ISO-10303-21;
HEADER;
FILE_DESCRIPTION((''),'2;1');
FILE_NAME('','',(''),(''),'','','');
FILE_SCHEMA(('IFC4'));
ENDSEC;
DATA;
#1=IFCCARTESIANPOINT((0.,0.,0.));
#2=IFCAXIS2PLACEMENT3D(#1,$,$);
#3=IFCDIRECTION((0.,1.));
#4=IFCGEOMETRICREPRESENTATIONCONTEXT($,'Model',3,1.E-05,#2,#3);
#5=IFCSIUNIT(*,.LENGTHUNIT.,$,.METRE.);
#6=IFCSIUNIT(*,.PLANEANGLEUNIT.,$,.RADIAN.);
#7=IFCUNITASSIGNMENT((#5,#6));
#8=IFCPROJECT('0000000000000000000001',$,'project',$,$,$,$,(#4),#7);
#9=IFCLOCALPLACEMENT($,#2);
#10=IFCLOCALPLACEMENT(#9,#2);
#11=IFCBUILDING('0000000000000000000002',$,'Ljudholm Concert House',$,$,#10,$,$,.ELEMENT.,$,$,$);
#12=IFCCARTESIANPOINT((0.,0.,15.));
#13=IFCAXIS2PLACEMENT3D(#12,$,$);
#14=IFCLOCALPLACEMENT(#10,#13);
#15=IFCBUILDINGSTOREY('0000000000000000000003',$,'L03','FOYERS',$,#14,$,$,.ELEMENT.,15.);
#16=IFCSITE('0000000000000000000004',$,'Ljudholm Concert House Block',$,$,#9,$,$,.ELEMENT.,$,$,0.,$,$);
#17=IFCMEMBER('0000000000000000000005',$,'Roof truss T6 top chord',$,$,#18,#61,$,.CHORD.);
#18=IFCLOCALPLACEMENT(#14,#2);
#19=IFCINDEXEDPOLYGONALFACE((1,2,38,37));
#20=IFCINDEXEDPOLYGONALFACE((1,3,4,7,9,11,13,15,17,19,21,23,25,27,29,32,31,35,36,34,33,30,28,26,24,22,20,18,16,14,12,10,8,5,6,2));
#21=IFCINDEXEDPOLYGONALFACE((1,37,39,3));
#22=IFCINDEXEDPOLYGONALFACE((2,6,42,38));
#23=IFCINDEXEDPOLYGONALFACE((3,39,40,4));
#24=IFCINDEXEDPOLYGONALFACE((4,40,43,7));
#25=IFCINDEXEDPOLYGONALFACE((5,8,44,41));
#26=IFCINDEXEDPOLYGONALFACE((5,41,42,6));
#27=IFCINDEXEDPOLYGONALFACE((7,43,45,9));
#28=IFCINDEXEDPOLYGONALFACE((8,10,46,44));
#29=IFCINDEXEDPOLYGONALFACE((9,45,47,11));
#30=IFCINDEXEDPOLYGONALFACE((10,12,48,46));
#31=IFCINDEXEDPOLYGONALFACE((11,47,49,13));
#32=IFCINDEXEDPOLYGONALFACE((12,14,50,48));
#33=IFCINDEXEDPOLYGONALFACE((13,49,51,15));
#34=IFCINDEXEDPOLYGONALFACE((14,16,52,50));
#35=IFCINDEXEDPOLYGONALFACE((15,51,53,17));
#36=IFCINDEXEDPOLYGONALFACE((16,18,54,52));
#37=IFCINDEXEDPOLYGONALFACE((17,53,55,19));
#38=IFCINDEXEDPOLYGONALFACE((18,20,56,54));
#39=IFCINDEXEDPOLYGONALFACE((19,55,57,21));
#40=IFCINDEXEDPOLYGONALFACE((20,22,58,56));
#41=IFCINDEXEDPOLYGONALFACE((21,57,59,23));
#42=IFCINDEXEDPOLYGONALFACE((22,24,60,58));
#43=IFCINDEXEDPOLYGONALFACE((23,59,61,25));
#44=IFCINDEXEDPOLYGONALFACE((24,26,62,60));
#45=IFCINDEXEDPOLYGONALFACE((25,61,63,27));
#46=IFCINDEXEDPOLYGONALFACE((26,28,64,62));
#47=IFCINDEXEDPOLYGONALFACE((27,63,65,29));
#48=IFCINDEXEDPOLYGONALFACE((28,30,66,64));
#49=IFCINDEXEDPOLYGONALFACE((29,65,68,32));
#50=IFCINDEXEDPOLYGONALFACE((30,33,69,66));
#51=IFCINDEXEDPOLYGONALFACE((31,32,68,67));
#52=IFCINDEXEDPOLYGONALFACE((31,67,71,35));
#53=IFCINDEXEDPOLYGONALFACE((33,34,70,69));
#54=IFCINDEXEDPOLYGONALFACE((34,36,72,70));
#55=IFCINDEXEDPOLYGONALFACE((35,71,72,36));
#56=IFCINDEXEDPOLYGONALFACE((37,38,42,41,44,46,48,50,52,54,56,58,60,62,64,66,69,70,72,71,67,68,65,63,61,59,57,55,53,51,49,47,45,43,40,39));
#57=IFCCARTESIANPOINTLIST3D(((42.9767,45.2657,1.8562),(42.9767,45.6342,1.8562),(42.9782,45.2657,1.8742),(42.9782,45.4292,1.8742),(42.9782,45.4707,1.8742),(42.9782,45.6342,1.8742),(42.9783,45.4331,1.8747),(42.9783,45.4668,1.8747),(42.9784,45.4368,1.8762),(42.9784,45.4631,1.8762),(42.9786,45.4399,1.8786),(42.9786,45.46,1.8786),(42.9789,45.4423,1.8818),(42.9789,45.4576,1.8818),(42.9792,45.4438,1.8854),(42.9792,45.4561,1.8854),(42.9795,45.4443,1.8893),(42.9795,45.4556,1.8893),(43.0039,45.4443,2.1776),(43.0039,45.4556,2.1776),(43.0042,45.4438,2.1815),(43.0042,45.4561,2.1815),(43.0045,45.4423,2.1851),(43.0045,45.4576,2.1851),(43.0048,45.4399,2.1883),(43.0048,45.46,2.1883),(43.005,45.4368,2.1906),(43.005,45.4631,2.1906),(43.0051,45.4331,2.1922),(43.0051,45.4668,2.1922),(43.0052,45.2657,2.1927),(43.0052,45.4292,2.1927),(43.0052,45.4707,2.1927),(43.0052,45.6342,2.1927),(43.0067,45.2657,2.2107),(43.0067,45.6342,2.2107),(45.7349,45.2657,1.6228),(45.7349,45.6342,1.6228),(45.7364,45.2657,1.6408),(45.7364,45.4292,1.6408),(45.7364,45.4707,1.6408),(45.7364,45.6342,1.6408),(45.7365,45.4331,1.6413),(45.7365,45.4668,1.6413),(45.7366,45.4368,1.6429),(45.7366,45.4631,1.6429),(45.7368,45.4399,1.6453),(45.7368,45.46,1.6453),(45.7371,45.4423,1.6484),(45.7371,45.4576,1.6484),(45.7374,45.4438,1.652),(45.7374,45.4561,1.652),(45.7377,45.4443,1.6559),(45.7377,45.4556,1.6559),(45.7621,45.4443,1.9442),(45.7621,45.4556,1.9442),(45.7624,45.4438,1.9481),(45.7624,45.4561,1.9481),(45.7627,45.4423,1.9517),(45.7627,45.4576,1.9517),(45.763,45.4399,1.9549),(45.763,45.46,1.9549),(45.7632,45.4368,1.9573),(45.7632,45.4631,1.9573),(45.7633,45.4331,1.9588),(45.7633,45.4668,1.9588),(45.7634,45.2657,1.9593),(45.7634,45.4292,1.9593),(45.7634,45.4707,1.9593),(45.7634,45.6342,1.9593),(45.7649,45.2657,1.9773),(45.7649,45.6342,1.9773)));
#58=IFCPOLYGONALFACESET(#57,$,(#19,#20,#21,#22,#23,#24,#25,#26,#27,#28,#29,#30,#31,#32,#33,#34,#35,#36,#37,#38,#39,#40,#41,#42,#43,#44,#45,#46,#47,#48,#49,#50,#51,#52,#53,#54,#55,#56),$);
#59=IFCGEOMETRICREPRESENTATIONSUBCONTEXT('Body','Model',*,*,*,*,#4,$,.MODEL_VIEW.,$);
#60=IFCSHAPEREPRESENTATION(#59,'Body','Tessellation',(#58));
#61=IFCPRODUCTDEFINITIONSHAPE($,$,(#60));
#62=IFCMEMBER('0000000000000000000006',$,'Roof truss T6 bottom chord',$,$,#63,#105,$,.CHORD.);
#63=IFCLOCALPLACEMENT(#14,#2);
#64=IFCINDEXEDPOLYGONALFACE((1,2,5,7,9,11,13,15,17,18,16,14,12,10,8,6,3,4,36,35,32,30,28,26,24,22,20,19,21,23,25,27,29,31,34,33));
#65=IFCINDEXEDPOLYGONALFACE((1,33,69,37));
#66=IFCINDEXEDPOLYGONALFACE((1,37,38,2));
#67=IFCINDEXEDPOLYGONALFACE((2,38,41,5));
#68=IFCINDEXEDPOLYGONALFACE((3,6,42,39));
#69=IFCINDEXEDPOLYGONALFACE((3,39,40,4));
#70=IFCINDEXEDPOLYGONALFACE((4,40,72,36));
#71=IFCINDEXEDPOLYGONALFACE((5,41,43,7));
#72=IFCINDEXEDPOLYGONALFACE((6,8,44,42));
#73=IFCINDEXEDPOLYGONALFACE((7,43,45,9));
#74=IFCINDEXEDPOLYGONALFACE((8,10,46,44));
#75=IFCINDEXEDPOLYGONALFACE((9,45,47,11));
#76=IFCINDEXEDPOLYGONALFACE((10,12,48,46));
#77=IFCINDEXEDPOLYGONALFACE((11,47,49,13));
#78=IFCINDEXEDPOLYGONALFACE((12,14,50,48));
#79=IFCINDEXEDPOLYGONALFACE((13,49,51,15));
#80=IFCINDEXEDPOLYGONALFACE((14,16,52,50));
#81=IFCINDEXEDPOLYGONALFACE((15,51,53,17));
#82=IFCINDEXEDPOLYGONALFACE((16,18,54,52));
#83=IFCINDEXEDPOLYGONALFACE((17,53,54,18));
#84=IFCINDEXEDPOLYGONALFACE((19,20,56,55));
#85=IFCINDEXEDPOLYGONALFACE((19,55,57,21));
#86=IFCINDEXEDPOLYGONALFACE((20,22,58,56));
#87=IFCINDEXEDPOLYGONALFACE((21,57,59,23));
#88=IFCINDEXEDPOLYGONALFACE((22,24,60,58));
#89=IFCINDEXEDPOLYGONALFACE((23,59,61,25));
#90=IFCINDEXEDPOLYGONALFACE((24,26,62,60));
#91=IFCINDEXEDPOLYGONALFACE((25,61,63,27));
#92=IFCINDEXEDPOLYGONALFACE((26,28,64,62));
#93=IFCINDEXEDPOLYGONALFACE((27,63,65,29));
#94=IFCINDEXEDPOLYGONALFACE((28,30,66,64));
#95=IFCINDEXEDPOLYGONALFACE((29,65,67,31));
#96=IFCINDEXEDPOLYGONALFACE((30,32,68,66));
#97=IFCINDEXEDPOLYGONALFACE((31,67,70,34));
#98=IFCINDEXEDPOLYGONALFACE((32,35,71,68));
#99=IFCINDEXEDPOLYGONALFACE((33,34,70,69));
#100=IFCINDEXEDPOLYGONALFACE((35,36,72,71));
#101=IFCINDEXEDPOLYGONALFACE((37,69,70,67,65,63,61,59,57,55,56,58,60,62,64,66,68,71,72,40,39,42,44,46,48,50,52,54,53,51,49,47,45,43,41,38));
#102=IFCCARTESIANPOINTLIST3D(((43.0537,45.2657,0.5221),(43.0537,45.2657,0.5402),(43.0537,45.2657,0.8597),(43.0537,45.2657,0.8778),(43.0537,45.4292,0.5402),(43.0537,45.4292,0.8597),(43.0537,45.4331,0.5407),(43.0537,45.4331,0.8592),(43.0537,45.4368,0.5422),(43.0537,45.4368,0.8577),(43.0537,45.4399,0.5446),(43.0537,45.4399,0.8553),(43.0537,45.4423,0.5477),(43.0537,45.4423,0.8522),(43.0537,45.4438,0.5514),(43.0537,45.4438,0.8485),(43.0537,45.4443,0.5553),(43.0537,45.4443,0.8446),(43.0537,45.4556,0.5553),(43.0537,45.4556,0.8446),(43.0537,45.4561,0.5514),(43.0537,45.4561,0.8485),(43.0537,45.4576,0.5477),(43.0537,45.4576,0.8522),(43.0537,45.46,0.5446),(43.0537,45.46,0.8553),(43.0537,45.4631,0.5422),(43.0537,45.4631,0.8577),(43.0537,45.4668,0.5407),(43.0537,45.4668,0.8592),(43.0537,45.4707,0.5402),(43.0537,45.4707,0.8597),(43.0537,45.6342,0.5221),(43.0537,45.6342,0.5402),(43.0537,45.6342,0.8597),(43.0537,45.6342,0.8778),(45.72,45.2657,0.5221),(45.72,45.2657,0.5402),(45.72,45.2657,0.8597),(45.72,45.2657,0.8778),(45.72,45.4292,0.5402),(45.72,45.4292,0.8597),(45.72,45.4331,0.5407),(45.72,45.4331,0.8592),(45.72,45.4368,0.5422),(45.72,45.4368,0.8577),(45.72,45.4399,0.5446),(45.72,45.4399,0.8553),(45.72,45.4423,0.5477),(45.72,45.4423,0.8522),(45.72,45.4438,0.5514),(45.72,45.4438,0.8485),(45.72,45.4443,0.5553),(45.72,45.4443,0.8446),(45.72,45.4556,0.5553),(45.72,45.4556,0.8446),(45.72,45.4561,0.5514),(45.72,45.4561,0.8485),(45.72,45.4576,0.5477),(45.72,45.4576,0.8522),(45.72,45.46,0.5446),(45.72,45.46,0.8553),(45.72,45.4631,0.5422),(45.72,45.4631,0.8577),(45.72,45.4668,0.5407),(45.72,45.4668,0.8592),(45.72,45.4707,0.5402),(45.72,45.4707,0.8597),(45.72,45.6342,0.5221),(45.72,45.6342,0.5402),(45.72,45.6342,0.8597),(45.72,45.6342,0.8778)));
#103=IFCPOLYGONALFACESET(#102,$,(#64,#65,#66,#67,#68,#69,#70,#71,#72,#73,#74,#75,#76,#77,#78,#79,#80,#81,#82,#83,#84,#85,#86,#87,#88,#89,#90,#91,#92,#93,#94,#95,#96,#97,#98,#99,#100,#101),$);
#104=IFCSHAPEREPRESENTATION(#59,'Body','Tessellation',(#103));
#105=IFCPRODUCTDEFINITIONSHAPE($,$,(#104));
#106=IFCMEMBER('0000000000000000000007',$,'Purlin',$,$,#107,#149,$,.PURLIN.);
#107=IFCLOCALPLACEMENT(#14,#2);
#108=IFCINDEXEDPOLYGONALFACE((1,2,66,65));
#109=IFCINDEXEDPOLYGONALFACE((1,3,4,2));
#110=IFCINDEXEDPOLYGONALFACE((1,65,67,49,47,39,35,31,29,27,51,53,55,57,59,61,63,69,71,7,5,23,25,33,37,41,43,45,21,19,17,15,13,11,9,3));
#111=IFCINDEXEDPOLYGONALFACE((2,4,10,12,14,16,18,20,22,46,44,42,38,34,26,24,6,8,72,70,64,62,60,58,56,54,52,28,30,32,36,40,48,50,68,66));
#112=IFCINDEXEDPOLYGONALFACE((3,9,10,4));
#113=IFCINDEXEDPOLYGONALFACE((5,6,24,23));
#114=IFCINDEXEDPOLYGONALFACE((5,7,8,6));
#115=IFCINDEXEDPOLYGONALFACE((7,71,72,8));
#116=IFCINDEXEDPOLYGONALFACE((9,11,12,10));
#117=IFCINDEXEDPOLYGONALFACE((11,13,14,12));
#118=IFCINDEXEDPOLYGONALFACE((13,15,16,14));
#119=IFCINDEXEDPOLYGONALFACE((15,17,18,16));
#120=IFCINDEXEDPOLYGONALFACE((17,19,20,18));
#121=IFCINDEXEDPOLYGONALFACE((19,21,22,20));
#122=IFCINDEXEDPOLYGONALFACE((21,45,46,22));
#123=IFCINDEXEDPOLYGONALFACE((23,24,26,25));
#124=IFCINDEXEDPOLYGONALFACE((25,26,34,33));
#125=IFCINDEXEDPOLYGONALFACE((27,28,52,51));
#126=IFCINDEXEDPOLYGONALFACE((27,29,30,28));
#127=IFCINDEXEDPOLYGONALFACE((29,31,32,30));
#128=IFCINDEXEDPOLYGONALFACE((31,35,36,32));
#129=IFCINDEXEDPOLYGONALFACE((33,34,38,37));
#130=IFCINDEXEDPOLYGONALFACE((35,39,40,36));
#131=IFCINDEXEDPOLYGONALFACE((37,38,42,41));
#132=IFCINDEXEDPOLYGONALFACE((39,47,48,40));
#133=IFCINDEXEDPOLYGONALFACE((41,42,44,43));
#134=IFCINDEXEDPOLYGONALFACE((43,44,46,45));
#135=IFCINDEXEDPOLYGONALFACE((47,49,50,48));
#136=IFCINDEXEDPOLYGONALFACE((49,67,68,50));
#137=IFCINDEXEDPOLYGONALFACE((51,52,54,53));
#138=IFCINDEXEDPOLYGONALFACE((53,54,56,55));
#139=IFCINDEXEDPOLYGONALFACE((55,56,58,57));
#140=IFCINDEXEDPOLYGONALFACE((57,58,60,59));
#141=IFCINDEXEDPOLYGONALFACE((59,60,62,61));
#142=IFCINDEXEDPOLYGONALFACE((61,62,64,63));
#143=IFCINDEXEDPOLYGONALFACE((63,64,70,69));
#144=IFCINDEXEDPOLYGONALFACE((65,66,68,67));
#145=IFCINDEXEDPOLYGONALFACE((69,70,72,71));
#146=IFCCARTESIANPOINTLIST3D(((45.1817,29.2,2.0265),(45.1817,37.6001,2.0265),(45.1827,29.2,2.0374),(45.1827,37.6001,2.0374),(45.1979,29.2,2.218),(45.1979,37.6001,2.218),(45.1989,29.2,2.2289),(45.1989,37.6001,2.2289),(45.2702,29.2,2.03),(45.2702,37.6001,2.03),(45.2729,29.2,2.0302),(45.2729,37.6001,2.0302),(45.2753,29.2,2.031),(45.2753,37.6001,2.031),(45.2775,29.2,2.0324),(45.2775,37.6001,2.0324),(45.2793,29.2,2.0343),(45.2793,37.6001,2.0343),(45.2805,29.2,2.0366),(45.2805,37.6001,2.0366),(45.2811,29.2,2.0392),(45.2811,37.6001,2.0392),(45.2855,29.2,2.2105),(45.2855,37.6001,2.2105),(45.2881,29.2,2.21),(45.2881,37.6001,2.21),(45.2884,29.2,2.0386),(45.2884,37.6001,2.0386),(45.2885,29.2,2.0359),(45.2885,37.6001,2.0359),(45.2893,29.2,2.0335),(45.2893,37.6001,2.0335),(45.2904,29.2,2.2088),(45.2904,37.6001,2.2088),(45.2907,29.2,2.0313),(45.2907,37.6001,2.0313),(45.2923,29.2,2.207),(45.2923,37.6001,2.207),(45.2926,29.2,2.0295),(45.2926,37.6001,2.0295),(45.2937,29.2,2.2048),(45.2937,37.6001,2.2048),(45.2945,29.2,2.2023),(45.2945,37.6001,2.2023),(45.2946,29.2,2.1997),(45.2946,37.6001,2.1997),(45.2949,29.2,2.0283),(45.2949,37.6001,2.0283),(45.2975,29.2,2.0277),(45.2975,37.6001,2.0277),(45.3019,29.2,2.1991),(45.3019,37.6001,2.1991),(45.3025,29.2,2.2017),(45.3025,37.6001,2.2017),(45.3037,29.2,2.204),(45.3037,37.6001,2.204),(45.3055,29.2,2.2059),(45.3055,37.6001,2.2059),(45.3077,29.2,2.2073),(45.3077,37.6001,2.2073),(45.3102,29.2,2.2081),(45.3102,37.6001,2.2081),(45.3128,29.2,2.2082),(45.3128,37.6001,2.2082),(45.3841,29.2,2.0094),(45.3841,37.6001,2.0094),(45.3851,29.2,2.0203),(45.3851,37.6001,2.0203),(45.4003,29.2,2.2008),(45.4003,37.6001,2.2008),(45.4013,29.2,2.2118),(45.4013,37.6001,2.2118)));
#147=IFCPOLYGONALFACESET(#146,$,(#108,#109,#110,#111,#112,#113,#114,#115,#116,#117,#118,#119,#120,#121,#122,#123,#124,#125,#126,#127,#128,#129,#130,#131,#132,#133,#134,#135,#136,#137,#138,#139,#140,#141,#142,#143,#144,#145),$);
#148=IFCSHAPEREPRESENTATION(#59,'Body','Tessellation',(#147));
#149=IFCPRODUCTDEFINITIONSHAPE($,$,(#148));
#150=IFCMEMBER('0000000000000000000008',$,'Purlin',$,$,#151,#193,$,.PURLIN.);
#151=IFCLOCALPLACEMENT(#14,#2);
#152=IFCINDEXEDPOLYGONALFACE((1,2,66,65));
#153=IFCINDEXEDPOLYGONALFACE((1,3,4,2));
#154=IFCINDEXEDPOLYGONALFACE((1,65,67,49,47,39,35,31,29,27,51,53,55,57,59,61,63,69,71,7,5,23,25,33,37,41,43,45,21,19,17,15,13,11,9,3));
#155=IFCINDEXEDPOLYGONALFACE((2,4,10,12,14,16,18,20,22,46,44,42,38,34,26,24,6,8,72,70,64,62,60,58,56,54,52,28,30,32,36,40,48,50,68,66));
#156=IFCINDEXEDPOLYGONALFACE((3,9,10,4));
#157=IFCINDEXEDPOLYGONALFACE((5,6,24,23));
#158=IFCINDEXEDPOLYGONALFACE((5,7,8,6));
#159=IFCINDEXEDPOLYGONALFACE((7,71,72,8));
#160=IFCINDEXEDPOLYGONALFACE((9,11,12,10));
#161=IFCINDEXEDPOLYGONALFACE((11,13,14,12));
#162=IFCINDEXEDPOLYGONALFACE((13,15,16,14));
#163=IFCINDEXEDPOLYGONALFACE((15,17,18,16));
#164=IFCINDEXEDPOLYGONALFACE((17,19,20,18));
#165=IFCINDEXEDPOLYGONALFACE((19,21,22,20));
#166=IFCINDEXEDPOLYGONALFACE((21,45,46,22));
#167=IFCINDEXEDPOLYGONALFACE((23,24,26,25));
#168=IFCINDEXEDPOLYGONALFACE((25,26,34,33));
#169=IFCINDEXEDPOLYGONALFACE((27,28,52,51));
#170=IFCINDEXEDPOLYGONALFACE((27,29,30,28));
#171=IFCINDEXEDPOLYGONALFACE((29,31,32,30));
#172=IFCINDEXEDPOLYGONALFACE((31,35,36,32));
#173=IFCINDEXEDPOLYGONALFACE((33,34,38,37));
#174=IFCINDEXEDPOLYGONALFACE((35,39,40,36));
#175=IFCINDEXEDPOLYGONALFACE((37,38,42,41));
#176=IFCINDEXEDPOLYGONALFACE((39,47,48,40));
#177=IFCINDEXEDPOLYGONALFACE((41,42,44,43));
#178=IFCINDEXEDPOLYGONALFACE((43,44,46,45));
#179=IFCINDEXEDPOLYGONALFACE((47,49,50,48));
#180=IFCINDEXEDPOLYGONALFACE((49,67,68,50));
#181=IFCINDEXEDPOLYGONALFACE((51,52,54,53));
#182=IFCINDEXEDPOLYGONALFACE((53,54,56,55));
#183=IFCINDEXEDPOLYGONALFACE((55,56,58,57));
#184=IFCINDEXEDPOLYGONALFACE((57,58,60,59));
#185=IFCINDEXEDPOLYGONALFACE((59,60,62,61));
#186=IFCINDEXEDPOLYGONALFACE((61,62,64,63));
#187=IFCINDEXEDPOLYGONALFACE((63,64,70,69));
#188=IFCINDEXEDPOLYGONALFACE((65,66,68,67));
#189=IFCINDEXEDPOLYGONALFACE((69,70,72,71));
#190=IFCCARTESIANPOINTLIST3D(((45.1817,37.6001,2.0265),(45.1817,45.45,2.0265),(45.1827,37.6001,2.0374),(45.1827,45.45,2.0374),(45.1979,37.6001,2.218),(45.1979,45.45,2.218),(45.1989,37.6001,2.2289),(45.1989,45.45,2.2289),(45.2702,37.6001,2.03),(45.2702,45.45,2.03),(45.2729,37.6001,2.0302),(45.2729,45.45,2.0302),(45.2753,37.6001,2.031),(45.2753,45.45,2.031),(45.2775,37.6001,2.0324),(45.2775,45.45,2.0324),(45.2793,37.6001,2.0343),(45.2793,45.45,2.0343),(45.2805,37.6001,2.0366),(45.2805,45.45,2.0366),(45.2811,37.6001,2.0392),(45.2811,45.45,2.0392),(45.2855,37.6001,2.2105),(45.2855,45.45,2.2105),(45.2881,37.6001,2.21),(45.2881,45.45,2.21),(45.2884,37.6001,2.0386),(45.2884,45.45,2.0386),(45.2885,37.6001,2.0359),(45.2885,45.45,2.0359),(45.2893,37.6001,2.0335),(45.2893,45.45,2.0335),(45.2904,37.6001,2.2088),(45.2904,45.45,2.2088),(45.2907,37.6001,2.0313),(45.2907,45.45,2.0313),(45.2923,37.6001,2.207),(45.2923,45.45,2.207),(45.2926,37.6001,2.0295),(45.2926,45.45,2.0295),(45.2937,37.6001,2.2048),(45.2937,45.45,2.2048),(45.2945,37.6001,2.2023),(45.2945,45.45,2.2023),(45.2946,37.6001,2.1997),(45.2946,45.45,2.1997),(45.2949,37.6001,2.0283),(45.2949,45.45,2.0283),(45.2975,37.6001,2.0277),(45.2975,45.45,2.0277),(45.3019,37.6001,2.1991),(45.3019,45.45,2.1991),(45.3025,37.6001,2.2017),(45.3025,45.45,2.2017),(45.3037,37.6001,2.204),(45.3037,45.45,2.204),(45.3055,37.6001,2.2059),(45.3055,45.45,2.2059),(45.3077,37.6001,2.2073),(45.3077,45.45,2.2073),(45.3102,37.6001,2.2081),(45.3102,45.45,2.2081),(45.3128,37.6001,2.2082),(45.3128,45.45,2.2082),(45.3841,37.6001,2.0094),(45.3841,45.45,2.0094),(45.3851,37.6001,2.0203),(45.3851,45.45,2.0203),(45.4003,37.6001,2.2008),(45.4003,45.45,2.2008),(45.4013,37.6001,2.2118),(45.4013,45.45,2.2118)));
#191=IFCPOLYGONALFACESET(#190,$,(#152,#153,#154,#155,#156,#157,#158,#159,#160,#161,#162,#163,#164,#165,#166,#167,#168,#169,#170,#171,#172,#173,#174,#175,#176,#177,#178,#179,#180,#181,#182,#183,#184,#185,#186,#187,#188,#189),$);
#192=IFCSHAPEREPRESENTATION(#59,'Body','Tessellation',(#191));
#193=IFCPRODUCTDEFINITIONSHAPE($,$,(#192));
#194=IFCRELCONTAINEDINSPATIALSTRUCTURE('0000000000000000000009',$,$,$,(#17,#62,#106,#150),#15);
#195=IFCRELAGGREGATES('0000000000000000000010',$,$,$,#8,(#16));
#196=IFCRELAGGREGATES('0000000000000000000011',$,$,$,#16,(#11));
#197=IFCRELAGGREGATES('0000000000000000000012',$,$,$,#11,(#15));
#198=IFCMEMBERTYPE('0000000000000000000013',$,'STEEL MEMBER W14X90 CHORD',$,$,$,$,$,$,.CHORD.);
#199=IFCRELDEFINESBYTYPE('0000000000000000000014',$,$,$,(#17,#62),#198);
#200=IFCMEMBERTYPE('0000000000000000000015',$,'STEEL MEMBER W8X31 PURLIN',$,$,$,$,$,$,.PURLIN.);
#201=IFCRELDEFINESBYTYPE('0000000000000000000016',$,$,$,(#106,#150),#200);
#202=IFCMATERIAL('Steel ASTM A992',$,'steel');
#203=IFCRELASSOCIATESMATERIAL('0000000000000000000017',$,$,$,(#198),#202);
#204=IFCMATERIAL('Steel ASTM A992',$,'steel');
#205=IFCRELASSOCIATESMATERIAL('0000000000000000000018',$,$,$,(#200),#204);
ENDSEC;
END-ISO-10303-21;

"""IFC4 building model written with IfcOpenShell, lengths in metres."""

from ifc_helpers import new_model, si_unit, direction, frame, origin, origin_2d, place, context, subcontext, project, spatial, i_section, extrude, material, material_profile, profile_set, type_object, element, save


model = new_model("IFC4")

# Units and contexts
model_context = context("Model", 3, precision=1e-05, world=origin(), true_north=direction((0.0, 1.0)))
body_context = subcontext(model_context, "Body", "Model", "MODEL_VIEW")
ifc_project = project(units=[si_unit("LENGTHUNIT", "METRE"), si_unit("PLANEANGLEUNIT", "RADIAN")], contexts=[model_context])

# Site, building, storey
site_placement = place(None, origin())
site = spatial("IfcSite", under=ifc_project, at=site_placement, Name="Ljudholm Concert House Block", CompositionType="ELEMENT", RefElevation=0.0)
building_placement = place(site_placement, origin())
building = spatial("IfcBuilding", under=site, at=building_placement, Name="Ljudholm Concert House", CompositionType="ELEMENT")
storey_placement = place(building_placement, frame((0.0, 0.0, 15.0)))
storey = spatial("IfcBuildingStorey", under=building, at=storey_placement, Name="L03", Description="FOYERS", CompositionType="ELEMENT", Elevation=15.0)

# Members
ifc_material_1 = material(Name="Steel ASTM A992", Category="steel")
ifc_material_profile_1 = material_profile(ifc_material_1, i_section(OverallWidth=0.3684, OverallDepth=0.3557, WebThickness=0.0112, FlangeThickness=0.0181, FilletRadius=0.0151, at=origin_2d()), Name="W14X90")
ifc_profile_set_1 = profile_set([ifc_material_profile_1], Name="Steel ASTM A992")
member_type_1 = type_object("IfcMemberType", Name="STEEL MEMBER W14X90 CHORD", PredefinedType="CHORD", material=ifc_profile_set_1)
member_1_placement = place(storey_placement, frame((42.9917, 45.45, 2.0334), z_axis=(0.996439, 0.0, -0.084315), x_axis=(0.0, 1.0, 0.0)))
element("IfcMember", 1, at=member_1_placement, inside=storey, type_object=member_type_1, Name="Roof truss T6 top chord", PredefinedType="CHORD", context=body_context, shape_type="SweptSolid", body=[
    extrude(i_section(OverallWidth=0.3684, OverallDepth=0.3557, WebThickness=0.0112, FlangeThickness=0.0181, FilletRadius=0.0151, at=origin_2d()), origin(), (0.0, 0.0, 1.0), 2.7681),
])
member_2_placement = place(storey_placement, frame((43.0537, 45.45, 0.7), z_axis=(1.0, 0.0, 0.0), x_axis=(0.0, 1.0, 0.0)))
element("IfcMember", 2, at=member_2_placement, inside=storey, type_object=member_type_1, Name="Roof truss T6 bottom chord", PredefinedType="CHORD", context=body_context, shape_type="SweptSolid", body=[
    extrude(i_section(OverallWidth=0.3684, OverallDepth=0.3557, WebThickness=0.0112, FlangeThickness=0.0181, FilletRadius=0.0151, at=origin_2d()), origin(), (0.0, 0.0, 1.0), 2.6663),
])
ifc_material_2 = material(Name="Steel ASTM A992", Category="steel")
ifc_material_profile_2 = material_profile(ifc_material_2, i_section(OverallWidth=0.2031, OverallDepth=0.2031, WebThickness=0.0073, FlangeThickness=0.011, FilletRadius=0.01, at=origin_2d()), Name="W8X31")
ifc_profile_set_2 = profile_set([ifc_material_profile_2], Name="Steel ASTM A992")
member_type_2 = type_object("IfcMemberType", Name="STEEL MEMBER W8X31 PURLIN", PredefinedType="PURLIN", material=ifc_profile_set_2)
member_3_placement = place(storey_placement, frame((45.2915, 29.2, 2.1191), z_axis=(0.0, 1.0, 0.0), x_axis=(-0.996441, 0.0, 0.084291)))
element("IfcMember", 3, at=member_3_placement, inside=storey, type_object=member_type_2, Name="Purlin", PredefinedType="PURLIN", context=body_context, shape_type="SweptSolid", body=[
    extrude(i_section(OverallWidth=0.2031, OverallDepth=0.2031, WebThickness=0.0073, FlangeThickness=0.011, FilletRadius=0.01, at=origin_2d()), origin(), (0.0, 0.0, 1.0), 8.4001),
])
member_4_placement = place(storey_placement, frame((45.2915, 37.6001, 2.1191), z_axis=(0.0, 1.0, 0.0), x_axis=(-0.996441, 0.0, 0.084291)))
element("IfcMember", 4, at=member_4_placement, inside=storey, type_object=member_type_2, Name="Purlin", PredefinedType="PURLIN", context=body_context, shape_type="SweptSolid", body=[
    extrude(i_section(OverallWidth=0.2031, OverallDepth=0.2031, WebThickness=0.0073, FlangeThickness=0.011, FilletRadius=0.01, at=origin_2d()), origin(), (0.0, 0.0, 1.0), 7.8499),
])

save(model, "model.ifc")
